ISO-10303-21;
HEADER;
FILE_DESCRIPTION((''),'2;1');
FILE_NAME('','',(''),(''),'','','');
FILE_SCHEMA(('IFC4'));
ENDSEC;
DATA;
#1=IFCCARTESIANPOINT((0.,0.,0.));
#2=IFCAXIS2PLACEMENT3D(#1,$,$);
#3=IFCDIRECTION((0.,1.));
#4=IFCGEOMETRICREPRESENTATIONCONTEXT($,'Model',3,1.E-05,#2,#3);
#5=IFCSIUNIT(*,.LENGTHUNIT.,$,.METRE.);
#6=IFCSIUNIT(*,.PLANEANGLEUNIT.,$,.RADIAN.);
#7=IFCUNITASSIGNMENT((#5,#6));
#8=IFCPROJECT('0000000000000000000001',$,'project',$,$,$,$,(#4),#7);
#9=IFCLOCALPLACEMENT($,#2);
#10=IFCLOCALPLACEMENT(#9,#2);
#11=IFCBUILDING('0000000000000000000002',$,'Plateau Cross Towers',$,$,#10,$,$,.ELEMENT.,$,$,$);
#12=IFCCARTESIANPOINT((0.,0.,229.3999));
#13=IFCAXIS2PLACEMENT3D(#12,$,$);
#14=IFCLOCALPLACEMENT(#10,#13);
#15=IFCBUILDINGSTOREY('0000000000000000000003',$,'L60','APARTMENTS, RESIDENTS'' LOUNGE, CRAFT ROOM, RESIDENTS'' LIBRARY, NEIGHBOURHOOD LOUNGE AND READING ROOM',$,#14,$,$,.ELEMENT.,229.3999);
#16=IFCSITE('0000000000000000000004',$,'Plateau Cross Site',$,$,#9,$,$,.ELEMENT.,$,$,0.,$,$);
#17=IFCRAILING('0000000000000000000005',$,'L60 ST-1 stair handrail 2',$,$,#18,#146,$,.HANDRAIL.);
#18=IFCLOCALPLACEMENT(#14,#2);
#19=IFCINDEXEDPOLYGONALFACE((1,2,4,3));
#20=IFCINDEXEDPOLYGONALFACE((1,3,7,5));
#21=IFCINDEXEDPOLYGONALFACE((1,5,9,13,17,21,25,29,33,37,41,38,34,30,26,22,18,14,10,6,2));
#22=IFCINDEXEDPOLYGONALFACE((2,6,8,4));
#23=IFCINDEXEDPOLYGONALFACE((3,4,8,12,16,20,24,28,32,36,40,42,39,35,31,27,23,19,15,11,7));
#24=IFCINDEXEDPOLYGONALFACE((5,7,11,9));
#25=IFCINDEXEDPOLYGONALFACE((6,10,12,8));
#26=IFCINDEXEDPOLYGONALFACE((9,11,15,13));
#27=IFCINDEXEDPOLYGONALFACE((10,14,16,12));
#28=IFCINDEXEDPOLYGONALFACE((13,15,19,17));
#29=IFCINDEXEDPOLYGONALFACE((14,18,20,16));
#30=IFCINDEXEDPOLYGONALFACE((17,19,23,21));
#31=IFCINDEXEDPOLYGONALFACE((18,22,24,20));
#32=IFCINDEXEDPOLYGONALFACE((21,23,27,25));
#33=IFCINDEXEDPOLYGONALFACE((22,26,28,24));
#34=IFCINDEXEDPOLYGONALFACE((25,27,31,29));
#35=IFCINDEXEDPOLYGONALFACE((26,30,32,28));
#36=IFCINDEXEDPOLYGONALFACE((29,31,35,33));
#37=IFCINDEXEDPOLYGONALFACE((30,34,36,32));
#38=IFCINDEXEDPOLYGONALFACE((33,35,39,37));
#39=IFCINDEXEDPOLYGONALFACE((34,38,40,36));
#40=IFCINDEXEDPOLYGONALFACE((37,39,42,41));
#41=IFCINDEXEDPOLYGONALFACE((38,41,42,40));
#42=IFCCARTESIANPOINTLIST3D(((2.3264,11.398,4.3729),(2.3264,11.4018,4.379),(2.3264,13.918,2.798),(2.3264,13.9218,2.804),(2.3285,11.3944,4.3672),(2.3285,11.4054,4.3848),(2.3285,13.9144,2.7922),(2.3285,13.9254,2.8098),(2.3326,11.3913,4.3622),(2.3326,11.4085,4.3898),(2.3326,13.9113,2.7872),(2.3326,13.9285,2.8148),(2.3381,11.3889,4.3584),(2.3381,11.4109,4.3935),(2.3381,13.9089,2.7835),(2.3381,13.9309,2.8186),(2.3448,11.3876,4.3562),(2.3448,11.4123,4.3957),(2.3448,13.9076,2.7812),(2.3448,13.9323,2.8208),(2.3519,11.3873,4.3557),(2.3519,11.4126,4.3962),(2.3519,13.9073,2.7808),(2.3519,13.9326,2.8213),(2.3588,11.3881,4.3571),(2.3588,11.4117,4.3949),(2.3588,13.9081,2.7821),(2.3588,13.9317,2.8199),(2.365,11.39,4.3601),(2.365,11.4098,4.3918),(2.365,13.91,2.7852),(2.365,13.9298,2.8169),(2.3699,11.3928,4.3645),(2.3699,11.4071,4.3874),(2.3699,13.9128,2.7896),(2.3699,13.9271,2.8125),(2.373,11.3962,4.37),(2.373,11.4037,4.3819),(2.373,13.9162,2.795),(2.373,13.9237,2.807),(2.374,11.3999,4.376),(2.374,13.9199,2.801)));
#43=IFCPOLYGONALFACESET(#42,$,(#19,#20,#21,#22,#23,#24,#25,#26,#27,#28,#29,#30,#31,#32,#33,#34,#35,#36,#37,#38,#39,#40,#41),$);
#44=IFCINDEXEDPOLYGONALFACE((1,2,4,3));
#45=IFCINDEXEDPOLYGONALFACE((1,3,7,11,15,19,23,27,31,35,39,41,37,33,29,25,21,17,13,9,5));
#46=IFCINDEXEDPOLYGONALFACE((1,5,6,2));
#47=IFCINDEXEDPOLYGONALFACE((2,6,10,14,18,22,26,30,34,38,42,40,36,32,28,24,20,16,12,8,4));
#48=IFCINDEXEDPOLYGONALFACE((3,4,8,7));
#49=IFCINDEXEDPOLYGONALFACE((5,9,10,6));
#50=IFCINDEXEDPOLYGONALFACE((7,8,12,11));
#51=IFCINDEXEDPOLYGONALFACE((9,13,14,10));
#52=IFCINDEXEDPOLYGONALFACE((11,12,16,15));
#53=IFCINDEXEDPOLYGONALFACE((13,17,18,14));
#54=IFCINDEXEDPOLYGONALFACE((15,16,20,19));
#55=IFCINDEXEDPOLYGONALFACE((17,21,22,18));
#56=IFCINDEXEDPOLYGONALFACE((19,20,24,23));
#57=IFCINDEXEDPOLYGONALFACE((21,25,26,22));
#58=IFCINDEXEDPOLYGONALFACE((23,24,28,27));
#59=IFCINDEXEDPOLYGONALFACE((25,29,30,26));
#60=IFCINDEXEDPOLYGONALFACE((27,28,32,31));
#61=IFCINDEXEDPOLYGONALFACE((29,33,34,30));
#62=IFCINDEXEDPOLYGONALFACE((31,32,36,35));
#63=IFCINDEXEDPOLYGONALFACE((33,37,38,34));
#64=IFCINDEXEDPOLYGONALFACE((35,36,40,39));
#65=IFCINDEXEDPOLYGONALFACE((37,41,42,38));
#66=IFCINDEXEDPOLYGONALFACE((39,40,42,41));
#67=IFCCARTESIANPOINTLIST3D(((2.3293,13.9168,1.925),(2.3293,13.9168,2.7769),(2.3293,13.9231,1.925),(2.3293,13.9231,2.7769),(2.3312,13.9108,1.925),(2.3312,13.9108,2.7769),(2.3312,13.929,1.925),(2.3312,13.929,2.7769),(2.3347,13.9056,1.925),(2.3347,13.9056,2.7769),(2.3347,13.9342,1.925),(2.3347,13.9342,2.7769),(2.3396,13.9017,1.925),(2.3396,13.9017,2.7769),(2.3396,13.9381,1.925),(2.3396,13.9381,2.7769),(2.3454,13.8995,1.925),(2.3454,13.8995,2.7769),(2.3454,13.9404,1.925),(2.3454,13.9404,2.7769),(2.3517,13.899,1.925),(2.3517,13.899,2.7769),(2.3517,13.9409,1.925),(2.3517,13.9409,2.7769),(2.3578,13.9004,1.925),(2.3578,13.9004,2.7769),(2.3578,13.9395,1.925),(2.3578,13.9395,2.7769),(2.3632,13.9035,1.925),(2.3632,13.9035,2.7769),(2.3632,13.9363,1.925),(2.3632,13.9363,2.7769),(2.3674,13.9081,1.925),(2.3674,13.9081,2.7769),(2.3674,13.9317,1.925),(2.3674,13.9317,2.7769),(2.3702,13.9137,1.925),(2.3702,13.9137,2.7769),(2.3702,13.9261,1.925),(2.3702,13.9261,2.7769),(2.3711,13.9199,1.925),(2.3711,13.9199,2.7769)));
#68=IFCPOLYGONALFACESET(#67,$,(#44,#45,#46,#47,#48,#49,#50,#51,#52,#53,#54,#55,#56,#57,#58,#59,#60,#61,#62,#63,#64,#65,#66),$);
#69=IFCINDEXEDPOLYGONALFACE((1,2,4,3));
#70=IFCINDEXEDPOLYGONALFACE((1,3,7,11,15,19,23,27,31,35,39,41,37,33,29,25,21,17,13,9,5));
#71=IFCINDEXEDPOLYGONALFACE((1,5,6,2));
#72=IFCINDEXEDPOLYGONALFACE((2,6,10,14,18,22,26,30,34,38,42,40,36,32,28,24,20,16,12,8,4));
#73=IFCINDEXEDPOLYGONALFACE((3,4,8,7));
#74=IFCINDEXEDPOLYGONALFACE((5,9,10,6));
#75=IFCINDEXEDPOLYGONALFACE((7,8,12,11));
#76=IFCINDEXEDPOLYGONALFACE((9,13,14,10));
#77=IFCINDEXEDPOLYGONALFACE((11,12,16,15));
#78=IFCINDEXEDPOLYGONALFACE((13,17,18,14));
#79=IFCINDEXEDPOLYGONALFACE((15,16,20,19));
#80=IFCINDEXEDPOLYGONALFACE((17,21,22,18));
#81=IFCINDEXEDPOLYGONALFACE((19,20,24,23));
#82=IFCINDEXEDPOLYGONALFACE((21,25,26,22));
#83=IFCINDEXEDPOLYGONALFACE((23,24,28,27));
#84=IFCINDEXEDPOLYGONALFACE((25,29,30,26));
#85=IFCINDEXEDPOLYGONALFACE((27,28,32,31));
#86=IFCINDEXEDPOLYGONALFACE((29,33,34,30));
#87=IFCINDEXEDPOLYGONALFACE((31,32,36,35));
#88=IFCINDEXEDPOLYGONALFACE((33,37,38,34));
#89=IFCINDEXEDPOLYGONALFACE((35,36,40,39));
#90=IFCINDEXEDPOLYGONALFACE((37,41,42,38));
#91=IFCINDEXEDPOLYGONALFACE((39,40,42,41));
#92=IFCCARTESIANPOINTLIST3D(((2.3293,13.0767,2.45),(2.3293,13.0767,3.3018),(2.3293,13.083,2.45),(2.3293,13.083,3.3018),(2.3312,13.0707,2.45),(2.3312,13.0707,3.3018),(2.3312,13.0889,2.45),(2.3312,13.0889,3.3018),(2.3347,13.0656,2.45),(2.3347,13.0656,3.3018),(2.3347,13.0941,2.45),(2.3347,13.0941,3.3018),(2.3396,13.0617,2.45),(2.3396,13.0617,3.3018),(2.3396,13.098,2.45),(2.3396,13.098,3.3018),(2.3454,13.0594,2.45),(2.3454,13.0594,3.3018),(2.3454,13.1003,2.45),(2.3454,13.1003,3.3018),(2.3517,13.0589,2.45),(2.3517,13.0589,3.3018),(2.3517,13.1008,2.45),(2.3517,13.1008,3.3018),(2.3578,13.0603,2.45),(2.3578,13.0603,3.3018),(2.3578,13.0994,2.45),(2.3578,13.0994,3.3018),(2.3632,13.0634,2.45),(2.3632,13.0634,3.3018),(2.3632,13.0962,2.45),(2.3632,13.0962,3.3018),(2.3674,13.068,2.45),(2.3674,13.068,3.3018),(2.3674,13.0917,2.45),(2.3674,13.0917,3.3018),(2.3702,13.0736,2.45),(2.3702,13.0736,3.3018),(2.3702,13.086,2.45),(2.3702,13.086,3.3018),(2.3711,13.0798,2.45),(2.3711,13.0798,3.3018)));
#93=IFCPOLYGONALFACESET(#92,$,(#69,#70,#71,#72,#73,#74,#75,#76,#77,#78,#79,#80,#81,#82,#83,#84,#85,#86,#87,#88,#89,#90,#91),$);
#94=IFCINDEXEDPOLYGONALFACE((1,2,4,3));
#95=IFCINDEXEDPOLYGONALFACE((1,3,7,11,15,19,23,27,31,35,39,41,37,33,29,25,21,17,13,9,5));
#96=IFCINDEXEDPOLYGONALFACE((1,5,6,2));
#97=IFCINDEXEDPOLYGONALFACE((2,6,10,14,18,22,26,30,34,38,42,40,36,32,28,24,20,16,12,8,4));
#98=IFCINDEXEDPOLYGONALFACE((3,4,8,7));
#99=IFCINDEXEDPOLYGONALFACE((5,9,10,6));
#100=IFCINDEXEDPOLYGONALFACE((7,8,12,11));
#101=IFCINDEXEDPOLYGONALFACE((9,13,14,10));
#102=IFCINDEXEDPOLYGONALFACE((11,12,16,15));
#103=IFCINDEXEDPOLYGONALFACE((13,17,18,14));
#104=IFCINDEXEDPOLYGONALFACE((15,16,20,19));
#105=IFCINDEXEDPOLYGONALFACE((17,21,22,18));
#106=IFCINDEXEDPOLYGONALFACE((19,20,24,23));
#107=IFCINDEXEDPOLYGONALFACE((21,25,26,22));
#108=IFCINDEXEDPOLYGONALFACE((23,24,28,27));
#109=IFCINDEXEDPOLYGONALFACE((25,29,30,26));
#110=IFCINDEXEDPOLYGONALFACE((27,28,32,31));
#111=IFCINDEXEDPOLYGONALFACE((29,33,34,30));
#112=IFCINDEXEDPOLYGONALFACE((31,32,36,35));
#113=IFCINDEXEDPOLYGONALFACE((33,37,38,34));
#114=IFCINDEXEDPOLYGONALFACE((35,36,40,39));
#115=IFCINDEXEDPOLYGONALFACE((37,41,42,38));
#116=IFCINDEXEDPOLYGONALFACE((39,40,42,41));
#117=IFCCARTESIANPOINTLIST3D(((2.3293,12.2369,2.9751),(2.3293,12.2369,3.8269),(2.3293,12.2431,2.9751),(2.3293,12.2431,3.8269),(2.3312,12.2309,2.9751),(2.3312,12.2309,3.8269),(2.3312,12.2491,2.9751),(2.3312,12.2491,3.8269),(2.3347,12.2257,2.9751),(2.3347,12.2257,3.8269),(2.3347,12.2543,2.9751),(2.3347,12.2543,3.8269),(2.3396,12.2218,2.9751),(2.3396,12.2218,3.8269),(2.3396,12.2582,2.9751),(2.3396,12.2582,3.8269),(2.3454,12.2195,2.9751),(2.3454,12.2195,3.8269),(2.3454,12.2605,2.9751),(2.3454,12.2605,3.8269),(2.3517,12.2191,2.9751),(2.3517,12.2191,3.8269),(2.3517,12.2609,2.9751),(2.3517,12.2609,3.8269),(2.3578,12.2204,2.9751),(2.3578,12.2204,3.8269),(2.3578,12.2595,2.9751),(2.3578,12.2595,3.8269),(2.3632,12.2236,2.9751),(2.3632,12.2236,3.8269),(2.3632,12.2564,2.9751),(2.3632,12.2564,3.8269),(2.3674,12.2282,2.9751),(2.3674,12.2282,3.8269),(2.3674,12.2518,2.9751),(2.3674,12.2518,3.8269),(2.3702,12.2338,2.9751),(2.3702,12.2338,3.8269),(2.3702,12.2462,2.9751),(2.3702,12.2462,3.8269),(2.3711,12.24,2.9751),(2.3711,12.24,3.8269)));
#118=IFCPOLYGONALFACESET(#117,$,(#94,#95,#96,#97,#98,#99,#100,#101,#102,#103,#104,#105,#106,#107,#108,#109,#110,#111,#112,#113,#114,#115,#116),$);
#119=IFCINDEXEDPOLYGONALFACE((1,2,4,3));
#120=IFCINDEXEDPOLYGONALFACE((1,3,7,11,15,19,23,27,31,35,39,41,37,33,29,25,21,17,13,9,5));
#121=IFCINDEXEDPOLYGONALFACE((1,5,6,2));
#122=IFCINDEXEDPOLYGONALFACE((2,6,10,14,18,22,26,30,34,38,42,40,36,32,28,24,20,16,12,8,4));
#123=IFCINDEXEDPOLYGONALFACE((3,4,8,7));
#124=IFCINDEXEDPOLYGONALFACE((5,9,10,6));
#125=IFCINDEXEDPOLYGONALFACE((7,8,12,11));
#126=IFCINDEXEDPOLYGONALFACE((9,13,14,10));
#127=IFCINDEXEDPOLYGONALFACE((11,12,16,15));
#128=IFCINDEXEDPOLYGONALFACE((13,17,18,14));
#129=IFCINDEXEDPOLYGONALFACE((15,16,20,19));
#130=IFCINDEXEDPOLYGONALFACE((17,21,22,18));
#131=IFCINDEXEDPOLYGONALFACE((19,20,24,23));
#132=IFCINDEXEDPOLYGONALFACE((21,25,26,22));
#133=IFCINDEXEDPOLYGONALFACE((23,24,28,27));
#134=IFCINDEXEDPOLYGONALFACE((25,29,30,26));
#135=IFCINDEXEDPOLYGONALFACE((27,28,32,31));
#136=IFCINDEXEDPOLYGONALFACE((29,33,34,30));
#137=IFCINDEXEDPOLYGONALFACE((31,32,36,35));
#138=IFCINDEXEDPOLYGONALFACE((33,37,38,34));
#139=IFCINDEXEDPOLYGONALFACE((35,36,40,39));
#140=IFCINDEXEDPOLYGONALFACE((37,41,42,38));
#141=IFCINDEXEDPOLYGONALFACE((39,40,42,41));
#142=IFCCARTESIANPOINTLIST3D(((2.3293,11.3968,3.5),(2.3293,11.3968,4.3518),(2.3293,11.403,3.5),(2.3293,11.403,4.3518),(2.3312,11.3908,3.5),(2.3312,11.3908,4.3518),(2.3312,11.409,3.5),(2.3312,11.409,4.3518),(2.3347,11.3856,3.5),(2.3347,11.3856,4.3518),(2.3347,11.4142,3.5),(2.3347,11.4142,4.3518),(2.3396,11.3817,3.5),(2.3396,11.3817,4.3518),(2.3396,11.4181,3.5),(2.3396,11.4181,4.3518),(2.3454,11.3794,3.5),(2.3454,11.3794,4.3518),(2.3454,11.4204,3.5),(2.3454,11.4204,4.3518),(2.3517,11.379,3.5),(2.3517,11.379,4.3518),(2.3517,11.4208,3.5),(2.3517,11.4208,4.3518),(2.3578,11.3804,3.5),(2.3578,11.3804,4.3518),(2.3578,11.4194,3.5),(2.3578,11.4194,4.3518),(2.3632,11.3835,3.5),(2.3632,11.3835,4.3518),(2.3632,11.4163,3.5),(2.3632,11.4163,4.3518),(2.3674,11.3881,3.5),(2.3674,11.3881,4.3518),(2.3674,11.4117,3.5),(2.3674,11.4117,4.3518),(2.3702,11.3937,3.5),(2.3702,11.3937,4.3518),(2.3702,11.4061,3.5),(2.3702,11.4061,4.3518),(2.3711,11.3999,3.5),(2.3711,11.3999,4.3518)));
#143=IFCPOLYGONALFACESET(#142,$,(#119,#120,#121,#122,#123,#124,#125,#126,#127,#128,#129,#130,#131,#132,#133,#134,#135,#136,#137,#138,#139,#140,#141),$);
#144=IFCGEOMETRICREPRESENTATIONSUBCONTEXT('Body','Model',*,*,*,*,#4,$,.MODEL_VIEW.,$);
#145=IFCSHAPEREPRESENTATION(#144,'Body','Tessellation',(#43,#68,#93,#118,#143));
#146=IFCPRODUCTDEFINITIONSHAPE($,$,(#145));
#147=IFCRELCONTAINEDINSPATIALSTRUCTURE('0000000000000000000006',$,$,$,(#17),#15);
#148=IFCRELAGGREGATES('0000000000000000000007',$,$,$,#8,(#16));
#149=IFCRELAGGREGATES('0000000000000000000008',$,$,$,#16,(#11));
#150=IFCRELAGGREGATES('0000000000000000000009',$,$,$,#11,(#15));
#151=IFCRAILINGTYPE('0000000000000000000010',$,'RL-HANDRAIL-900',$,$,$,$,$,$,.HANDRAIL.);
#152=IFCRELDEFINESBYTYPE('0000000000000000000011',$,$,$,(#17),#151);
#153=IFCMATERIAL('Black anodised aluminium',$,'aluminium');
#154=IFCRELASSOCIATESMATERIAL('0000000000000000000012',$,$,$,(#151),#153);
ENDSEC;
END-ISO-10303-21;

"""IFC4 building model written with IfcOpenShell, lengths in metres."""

from ifc_helpers import new_model, si_unit, direction, frame, origin, origin_2d, place, context, subcontext, project, spatial, circle, extrude, material, type_object, element, save


model = new_model("IFC4")

# Units and contexts
model_context = context("Model", 3, precision=1e-05, world=origin(), true_north=direction((0.0, 1.0)))
body_context = subcontext(model_context, "Body", "Model", "MODEL_VIEW")
ifc_project = project(units=[si_unit("LENGTHUNIT", "METRE"), si_unit("PLANEANGLEUNIT", "RADIAN")], contexts=[model_context])

# Site, building, storey
site_placement = place(None, origin())
site = spatial("IfcSite", under=ifc_project, at=site_placement, Name="Plateau Cross Site", CompositionType="ELEMENT", RefElevation=0.0)
building_placement = place(site_placement, origin())
building = spatial("IfcBuilding", under=site, at=building_placement, Name="Plateau Cross Towers", CompositionType="ELEMENT")
storey_placement = place(building_placement, frame((0.0, 0.0, 229.3999)))
storey = spatial("IfcBuildingStorey", under=building, at=storey_placement, Name="L60", Description="APARTMENTS, RESIDENTS' LOUNGE, CRAFT ROOM, RESIDENTS' LIBRARY, NEIGHBOURHOOD LOUNGE AND READING ROOM", CompositionType="ELEMENT", Elevation=229.3999)

# Shared definitions
ifc_material_1 = material(Name="Black anodised aluminium", Category="aluminium")

# Railing
railing_type_1 = type_object("IfcRailingType", Name="RL-HANDRAIL-900", PredefinedType="HANDRAIL", material=ifc_material_1)
railing_1_placement = place(storey_placement, frame((2.3501, 13.9199, 1.925)))
element("IfcRailing", 1, at=railing_1_placement, inside=storey, type_object=railing_type_1, Name="L60 ST-1 stair handrail 2", PredefinedType="HANDRAIL", context=body_context, shape_type="SweptSolid", body=[
    extrude(circle(Radius=0.0239, at=origin_2d()), frame((0.0, 0.0, 0.876), z_axis=(0.0, -0.848008, 0.529984), x_axis=(1.0, 0.0, 0.0)), (0.0, 0.0, 1.0), 2.9717),
    extrude(circle(Radius=0.021, at=origin_2d()), origin(), (0.0, 0.0, 1.0), 0.8518),
    extrude(circle(Radius=0.021, at=origin_2d()), frame((0.0, -0.8401, 0.5249)), (0.0, 0.0, 1.0), 0.8518),
    extrude(circle(Radius=0.021, at=origin_2d()), frame((0.0, -1.6799, 1.05)), (0.0, 0.0, 1.0), 0.8518),
    extrude(circle(Radius=0.021, at=origin_2d()), frame((0.0, -2.52, 1.575)), (0.0, 0.0, 1.0), 0.8518),
])

save(model, "model.ifc")
